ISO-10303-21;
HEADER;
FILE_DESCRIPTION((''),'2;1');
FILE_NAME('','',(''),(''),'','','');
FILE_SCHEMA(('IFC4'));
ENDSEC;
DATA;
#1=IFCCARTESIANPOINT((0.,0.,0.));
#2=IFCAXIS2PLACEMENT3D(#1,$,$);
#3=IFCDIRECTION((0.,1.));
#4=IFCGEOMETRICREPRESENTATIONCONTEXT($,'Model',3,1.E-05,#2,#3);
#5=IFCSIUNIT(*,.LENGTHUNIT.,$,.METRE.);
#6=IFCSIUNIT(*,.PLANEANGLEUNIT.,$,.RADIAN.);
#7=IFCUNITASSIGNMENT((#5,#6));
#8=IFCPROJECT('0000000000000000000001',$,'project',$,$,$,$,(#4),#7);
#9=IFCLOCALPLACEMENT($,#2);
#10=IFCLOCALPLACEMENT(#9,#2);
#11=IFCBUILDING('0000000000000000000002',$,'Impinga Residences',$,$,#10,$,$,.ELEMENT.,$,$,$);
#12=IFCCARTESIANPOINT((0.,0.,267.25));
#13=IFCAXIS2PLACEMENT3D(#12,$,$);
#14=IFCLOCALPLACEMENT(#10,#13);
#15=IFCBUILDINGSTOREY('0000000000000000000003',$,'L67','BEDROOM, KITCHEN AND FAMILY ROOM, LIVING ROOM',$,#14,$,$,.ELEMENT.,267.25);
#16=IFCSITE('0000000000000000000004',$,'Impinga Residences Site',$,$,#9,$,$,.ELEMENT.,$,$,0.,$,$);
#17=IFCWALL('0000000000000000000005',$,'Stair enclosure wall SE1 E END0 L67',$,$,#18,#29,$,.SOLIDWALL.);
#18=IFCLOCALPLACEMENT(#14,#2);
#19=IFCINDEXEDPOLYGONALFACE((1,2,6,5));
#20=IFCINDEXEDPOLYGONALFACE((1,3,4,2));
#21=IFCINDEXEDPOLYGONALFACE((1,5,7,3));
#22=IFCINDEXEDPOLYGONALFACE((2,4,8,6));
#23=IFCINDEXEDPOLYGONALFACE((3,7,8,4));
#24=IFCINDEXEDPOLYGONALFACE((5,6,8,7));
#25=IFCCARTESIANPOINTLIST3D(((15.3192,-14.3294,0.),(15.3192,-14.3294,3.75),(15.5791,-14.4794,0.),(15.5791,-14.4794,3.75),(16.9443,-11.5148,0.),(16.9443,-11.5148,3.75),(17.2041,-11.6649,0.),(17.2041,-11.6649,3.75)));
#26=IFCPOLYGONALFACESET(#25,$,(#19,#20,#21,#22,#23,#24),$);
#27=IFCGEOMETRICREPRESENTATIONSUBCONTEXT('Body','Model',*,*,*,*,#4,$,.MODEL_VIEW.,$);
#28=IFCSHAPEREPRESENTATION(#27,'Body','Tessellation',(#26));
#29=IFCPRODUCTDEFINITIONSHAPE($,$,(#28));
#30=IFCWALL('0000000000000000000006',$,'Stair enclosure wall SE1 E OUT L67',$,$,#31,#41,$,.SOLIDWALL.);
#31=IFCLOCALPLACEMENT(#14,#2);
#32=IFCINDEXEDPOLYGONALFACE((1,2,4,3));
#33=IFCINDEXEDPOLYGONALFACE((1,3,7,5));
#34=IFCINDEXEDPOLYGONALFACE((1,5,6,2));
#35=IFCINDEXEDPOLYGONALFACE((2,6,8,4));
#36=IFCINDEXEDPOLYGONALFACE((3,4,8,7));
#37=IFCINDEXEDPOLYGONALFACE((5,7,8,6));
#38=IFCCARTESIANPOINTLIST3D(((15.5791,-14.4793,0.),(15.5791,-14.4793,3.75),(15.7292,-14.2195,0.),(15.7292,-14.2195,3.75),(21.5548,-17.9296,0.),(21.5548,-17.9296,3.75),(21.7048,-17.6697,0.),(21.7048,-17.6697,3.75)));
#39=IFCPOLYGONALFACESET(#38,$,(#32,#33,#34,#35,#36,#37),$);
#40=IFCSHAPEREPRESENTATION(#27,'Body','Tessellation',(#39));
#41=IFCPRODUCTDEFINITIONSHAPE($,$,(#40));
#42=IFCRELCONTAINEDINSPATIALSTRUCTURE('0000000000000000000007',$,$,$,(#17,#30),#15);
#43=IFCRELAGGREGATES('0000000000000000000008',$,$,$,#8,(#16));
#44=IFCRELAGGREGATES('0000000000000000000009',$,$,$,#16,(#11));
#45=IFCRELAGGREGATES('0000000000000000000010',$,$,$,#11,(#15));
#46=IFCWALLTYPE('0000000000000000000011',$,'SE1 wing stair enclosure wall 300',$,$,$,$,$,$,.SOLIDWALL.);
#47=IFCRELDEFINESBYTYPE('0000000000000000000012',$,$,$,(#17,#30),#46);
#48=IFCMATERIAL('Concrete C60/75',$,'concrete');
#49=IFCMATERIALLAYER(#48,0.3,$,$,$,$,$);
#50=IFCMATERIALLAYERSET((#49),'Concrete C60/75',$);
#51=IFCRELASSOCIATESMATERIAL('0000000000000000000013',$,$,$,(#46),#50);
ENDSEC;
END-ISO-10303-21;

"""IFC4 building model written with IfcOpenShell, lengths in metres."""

from ifc_helpers import new_model, si_unit, direction, frame, frame_2d, origin, place, context, subcontext, project, spatial, rectangle, extrude, material, layer, layer_set, type_object, element, save


model = new_model("IFC4")

# Units and contexts
model_context = context("Model", 3, precision=1e-05, world=origin(), true_north=direction((0.0, 1.0)))
body_context = subcontext(model_context, "Body", "Model", "MODEL_VIEW")
ifc_project = project(units=[si_unit("LENGTHUNIT", "METRE"), si_unit("PLANEANGLEUNIT", "RADIAN")], contexts=[model_context])

# Site, building, storey
site_placement = place(None, origin())
site = spatial("IfcSite", under=ifc_project, at=site_placement, Name="Impinga Residences Site", CompositionType="ELEMENT", RefElevation=0.0)
building_placement = place(site_placement, origin())
building = spatial("IfcBuilding", under=site, at=building_placement, Name="Impinga Residences", CompositionType="ELEMENT")
storey_placement = place(building_placement, frame((0.0, 0.0, 267.25)))
storey = spatial("IfcBuildingStorey", under=building, at=storey_placement, Name="L67", Description="BEDROOM, KITCHEN AND FAMILY ROOM, LIVING ROOM", CompositionType="ELEMENT", Elevation=267.25)

# Shared definitions
ifc_material_1 = material(Name="Concrete C60/75", Category="concrete")

# Walls
ifc_layer_1 = layer(ifc_material_1, 0.3)
ifc_layer_set_1 = layer_set([ifc_layer_1], Name="Concrete C60/75")
wall_type_1 = type_object("IfcWallType", Name="SE1 wing stair enclosure wall 300", PredefinedType="SOLIDWALL", material=ifc_layer_set_1)
wall_1_placement = place(storey_placement, frame((17.0742, -11.5898, 0.0), z_axis=(0.0, 0.0, 1.0), x_axis=(-0.500017, -0.866015, 0.0)))
element("IfcWall", 1, at=wall_1_placement, inside=storey, type_object=wall_type_1, Name="Stair enclosure wall SE1 E END0 L67", PredefinedType="SOLIDWALL", context=body_context, shape_type="SweptSolid", body=[
    extrude(rectangle(XDim=3.25, YDim=0.3, at=frame_2d((1.625, 0.0))), origin(), (0.0, 0.0, 1.0), 3.75),
])
wall_2_placement = place(storey_placement, frame((15.6541, -14.3494, 0.0), z_axis=(0.0, 0.0, 1.0), x_axis=(0.866014, -0.500021, 0.0)))
element("IfcWall", 2, at=wall_2_placement, inside=storey, type_object=wall_type_1, Name="Stair enclosure wall SE1 E OUT L67", PredefinedType="SOLIDWALL", context=body_context, shape_type="SweptSolid", body=[
    extrude(rectangle(XDim=6.9001, YDim=0.3, at=frame_2d((3.4502, 0.0))), origin(), (0.0, 0.0, 1.0), 3.75),
])

save(model, "model.ifc")
